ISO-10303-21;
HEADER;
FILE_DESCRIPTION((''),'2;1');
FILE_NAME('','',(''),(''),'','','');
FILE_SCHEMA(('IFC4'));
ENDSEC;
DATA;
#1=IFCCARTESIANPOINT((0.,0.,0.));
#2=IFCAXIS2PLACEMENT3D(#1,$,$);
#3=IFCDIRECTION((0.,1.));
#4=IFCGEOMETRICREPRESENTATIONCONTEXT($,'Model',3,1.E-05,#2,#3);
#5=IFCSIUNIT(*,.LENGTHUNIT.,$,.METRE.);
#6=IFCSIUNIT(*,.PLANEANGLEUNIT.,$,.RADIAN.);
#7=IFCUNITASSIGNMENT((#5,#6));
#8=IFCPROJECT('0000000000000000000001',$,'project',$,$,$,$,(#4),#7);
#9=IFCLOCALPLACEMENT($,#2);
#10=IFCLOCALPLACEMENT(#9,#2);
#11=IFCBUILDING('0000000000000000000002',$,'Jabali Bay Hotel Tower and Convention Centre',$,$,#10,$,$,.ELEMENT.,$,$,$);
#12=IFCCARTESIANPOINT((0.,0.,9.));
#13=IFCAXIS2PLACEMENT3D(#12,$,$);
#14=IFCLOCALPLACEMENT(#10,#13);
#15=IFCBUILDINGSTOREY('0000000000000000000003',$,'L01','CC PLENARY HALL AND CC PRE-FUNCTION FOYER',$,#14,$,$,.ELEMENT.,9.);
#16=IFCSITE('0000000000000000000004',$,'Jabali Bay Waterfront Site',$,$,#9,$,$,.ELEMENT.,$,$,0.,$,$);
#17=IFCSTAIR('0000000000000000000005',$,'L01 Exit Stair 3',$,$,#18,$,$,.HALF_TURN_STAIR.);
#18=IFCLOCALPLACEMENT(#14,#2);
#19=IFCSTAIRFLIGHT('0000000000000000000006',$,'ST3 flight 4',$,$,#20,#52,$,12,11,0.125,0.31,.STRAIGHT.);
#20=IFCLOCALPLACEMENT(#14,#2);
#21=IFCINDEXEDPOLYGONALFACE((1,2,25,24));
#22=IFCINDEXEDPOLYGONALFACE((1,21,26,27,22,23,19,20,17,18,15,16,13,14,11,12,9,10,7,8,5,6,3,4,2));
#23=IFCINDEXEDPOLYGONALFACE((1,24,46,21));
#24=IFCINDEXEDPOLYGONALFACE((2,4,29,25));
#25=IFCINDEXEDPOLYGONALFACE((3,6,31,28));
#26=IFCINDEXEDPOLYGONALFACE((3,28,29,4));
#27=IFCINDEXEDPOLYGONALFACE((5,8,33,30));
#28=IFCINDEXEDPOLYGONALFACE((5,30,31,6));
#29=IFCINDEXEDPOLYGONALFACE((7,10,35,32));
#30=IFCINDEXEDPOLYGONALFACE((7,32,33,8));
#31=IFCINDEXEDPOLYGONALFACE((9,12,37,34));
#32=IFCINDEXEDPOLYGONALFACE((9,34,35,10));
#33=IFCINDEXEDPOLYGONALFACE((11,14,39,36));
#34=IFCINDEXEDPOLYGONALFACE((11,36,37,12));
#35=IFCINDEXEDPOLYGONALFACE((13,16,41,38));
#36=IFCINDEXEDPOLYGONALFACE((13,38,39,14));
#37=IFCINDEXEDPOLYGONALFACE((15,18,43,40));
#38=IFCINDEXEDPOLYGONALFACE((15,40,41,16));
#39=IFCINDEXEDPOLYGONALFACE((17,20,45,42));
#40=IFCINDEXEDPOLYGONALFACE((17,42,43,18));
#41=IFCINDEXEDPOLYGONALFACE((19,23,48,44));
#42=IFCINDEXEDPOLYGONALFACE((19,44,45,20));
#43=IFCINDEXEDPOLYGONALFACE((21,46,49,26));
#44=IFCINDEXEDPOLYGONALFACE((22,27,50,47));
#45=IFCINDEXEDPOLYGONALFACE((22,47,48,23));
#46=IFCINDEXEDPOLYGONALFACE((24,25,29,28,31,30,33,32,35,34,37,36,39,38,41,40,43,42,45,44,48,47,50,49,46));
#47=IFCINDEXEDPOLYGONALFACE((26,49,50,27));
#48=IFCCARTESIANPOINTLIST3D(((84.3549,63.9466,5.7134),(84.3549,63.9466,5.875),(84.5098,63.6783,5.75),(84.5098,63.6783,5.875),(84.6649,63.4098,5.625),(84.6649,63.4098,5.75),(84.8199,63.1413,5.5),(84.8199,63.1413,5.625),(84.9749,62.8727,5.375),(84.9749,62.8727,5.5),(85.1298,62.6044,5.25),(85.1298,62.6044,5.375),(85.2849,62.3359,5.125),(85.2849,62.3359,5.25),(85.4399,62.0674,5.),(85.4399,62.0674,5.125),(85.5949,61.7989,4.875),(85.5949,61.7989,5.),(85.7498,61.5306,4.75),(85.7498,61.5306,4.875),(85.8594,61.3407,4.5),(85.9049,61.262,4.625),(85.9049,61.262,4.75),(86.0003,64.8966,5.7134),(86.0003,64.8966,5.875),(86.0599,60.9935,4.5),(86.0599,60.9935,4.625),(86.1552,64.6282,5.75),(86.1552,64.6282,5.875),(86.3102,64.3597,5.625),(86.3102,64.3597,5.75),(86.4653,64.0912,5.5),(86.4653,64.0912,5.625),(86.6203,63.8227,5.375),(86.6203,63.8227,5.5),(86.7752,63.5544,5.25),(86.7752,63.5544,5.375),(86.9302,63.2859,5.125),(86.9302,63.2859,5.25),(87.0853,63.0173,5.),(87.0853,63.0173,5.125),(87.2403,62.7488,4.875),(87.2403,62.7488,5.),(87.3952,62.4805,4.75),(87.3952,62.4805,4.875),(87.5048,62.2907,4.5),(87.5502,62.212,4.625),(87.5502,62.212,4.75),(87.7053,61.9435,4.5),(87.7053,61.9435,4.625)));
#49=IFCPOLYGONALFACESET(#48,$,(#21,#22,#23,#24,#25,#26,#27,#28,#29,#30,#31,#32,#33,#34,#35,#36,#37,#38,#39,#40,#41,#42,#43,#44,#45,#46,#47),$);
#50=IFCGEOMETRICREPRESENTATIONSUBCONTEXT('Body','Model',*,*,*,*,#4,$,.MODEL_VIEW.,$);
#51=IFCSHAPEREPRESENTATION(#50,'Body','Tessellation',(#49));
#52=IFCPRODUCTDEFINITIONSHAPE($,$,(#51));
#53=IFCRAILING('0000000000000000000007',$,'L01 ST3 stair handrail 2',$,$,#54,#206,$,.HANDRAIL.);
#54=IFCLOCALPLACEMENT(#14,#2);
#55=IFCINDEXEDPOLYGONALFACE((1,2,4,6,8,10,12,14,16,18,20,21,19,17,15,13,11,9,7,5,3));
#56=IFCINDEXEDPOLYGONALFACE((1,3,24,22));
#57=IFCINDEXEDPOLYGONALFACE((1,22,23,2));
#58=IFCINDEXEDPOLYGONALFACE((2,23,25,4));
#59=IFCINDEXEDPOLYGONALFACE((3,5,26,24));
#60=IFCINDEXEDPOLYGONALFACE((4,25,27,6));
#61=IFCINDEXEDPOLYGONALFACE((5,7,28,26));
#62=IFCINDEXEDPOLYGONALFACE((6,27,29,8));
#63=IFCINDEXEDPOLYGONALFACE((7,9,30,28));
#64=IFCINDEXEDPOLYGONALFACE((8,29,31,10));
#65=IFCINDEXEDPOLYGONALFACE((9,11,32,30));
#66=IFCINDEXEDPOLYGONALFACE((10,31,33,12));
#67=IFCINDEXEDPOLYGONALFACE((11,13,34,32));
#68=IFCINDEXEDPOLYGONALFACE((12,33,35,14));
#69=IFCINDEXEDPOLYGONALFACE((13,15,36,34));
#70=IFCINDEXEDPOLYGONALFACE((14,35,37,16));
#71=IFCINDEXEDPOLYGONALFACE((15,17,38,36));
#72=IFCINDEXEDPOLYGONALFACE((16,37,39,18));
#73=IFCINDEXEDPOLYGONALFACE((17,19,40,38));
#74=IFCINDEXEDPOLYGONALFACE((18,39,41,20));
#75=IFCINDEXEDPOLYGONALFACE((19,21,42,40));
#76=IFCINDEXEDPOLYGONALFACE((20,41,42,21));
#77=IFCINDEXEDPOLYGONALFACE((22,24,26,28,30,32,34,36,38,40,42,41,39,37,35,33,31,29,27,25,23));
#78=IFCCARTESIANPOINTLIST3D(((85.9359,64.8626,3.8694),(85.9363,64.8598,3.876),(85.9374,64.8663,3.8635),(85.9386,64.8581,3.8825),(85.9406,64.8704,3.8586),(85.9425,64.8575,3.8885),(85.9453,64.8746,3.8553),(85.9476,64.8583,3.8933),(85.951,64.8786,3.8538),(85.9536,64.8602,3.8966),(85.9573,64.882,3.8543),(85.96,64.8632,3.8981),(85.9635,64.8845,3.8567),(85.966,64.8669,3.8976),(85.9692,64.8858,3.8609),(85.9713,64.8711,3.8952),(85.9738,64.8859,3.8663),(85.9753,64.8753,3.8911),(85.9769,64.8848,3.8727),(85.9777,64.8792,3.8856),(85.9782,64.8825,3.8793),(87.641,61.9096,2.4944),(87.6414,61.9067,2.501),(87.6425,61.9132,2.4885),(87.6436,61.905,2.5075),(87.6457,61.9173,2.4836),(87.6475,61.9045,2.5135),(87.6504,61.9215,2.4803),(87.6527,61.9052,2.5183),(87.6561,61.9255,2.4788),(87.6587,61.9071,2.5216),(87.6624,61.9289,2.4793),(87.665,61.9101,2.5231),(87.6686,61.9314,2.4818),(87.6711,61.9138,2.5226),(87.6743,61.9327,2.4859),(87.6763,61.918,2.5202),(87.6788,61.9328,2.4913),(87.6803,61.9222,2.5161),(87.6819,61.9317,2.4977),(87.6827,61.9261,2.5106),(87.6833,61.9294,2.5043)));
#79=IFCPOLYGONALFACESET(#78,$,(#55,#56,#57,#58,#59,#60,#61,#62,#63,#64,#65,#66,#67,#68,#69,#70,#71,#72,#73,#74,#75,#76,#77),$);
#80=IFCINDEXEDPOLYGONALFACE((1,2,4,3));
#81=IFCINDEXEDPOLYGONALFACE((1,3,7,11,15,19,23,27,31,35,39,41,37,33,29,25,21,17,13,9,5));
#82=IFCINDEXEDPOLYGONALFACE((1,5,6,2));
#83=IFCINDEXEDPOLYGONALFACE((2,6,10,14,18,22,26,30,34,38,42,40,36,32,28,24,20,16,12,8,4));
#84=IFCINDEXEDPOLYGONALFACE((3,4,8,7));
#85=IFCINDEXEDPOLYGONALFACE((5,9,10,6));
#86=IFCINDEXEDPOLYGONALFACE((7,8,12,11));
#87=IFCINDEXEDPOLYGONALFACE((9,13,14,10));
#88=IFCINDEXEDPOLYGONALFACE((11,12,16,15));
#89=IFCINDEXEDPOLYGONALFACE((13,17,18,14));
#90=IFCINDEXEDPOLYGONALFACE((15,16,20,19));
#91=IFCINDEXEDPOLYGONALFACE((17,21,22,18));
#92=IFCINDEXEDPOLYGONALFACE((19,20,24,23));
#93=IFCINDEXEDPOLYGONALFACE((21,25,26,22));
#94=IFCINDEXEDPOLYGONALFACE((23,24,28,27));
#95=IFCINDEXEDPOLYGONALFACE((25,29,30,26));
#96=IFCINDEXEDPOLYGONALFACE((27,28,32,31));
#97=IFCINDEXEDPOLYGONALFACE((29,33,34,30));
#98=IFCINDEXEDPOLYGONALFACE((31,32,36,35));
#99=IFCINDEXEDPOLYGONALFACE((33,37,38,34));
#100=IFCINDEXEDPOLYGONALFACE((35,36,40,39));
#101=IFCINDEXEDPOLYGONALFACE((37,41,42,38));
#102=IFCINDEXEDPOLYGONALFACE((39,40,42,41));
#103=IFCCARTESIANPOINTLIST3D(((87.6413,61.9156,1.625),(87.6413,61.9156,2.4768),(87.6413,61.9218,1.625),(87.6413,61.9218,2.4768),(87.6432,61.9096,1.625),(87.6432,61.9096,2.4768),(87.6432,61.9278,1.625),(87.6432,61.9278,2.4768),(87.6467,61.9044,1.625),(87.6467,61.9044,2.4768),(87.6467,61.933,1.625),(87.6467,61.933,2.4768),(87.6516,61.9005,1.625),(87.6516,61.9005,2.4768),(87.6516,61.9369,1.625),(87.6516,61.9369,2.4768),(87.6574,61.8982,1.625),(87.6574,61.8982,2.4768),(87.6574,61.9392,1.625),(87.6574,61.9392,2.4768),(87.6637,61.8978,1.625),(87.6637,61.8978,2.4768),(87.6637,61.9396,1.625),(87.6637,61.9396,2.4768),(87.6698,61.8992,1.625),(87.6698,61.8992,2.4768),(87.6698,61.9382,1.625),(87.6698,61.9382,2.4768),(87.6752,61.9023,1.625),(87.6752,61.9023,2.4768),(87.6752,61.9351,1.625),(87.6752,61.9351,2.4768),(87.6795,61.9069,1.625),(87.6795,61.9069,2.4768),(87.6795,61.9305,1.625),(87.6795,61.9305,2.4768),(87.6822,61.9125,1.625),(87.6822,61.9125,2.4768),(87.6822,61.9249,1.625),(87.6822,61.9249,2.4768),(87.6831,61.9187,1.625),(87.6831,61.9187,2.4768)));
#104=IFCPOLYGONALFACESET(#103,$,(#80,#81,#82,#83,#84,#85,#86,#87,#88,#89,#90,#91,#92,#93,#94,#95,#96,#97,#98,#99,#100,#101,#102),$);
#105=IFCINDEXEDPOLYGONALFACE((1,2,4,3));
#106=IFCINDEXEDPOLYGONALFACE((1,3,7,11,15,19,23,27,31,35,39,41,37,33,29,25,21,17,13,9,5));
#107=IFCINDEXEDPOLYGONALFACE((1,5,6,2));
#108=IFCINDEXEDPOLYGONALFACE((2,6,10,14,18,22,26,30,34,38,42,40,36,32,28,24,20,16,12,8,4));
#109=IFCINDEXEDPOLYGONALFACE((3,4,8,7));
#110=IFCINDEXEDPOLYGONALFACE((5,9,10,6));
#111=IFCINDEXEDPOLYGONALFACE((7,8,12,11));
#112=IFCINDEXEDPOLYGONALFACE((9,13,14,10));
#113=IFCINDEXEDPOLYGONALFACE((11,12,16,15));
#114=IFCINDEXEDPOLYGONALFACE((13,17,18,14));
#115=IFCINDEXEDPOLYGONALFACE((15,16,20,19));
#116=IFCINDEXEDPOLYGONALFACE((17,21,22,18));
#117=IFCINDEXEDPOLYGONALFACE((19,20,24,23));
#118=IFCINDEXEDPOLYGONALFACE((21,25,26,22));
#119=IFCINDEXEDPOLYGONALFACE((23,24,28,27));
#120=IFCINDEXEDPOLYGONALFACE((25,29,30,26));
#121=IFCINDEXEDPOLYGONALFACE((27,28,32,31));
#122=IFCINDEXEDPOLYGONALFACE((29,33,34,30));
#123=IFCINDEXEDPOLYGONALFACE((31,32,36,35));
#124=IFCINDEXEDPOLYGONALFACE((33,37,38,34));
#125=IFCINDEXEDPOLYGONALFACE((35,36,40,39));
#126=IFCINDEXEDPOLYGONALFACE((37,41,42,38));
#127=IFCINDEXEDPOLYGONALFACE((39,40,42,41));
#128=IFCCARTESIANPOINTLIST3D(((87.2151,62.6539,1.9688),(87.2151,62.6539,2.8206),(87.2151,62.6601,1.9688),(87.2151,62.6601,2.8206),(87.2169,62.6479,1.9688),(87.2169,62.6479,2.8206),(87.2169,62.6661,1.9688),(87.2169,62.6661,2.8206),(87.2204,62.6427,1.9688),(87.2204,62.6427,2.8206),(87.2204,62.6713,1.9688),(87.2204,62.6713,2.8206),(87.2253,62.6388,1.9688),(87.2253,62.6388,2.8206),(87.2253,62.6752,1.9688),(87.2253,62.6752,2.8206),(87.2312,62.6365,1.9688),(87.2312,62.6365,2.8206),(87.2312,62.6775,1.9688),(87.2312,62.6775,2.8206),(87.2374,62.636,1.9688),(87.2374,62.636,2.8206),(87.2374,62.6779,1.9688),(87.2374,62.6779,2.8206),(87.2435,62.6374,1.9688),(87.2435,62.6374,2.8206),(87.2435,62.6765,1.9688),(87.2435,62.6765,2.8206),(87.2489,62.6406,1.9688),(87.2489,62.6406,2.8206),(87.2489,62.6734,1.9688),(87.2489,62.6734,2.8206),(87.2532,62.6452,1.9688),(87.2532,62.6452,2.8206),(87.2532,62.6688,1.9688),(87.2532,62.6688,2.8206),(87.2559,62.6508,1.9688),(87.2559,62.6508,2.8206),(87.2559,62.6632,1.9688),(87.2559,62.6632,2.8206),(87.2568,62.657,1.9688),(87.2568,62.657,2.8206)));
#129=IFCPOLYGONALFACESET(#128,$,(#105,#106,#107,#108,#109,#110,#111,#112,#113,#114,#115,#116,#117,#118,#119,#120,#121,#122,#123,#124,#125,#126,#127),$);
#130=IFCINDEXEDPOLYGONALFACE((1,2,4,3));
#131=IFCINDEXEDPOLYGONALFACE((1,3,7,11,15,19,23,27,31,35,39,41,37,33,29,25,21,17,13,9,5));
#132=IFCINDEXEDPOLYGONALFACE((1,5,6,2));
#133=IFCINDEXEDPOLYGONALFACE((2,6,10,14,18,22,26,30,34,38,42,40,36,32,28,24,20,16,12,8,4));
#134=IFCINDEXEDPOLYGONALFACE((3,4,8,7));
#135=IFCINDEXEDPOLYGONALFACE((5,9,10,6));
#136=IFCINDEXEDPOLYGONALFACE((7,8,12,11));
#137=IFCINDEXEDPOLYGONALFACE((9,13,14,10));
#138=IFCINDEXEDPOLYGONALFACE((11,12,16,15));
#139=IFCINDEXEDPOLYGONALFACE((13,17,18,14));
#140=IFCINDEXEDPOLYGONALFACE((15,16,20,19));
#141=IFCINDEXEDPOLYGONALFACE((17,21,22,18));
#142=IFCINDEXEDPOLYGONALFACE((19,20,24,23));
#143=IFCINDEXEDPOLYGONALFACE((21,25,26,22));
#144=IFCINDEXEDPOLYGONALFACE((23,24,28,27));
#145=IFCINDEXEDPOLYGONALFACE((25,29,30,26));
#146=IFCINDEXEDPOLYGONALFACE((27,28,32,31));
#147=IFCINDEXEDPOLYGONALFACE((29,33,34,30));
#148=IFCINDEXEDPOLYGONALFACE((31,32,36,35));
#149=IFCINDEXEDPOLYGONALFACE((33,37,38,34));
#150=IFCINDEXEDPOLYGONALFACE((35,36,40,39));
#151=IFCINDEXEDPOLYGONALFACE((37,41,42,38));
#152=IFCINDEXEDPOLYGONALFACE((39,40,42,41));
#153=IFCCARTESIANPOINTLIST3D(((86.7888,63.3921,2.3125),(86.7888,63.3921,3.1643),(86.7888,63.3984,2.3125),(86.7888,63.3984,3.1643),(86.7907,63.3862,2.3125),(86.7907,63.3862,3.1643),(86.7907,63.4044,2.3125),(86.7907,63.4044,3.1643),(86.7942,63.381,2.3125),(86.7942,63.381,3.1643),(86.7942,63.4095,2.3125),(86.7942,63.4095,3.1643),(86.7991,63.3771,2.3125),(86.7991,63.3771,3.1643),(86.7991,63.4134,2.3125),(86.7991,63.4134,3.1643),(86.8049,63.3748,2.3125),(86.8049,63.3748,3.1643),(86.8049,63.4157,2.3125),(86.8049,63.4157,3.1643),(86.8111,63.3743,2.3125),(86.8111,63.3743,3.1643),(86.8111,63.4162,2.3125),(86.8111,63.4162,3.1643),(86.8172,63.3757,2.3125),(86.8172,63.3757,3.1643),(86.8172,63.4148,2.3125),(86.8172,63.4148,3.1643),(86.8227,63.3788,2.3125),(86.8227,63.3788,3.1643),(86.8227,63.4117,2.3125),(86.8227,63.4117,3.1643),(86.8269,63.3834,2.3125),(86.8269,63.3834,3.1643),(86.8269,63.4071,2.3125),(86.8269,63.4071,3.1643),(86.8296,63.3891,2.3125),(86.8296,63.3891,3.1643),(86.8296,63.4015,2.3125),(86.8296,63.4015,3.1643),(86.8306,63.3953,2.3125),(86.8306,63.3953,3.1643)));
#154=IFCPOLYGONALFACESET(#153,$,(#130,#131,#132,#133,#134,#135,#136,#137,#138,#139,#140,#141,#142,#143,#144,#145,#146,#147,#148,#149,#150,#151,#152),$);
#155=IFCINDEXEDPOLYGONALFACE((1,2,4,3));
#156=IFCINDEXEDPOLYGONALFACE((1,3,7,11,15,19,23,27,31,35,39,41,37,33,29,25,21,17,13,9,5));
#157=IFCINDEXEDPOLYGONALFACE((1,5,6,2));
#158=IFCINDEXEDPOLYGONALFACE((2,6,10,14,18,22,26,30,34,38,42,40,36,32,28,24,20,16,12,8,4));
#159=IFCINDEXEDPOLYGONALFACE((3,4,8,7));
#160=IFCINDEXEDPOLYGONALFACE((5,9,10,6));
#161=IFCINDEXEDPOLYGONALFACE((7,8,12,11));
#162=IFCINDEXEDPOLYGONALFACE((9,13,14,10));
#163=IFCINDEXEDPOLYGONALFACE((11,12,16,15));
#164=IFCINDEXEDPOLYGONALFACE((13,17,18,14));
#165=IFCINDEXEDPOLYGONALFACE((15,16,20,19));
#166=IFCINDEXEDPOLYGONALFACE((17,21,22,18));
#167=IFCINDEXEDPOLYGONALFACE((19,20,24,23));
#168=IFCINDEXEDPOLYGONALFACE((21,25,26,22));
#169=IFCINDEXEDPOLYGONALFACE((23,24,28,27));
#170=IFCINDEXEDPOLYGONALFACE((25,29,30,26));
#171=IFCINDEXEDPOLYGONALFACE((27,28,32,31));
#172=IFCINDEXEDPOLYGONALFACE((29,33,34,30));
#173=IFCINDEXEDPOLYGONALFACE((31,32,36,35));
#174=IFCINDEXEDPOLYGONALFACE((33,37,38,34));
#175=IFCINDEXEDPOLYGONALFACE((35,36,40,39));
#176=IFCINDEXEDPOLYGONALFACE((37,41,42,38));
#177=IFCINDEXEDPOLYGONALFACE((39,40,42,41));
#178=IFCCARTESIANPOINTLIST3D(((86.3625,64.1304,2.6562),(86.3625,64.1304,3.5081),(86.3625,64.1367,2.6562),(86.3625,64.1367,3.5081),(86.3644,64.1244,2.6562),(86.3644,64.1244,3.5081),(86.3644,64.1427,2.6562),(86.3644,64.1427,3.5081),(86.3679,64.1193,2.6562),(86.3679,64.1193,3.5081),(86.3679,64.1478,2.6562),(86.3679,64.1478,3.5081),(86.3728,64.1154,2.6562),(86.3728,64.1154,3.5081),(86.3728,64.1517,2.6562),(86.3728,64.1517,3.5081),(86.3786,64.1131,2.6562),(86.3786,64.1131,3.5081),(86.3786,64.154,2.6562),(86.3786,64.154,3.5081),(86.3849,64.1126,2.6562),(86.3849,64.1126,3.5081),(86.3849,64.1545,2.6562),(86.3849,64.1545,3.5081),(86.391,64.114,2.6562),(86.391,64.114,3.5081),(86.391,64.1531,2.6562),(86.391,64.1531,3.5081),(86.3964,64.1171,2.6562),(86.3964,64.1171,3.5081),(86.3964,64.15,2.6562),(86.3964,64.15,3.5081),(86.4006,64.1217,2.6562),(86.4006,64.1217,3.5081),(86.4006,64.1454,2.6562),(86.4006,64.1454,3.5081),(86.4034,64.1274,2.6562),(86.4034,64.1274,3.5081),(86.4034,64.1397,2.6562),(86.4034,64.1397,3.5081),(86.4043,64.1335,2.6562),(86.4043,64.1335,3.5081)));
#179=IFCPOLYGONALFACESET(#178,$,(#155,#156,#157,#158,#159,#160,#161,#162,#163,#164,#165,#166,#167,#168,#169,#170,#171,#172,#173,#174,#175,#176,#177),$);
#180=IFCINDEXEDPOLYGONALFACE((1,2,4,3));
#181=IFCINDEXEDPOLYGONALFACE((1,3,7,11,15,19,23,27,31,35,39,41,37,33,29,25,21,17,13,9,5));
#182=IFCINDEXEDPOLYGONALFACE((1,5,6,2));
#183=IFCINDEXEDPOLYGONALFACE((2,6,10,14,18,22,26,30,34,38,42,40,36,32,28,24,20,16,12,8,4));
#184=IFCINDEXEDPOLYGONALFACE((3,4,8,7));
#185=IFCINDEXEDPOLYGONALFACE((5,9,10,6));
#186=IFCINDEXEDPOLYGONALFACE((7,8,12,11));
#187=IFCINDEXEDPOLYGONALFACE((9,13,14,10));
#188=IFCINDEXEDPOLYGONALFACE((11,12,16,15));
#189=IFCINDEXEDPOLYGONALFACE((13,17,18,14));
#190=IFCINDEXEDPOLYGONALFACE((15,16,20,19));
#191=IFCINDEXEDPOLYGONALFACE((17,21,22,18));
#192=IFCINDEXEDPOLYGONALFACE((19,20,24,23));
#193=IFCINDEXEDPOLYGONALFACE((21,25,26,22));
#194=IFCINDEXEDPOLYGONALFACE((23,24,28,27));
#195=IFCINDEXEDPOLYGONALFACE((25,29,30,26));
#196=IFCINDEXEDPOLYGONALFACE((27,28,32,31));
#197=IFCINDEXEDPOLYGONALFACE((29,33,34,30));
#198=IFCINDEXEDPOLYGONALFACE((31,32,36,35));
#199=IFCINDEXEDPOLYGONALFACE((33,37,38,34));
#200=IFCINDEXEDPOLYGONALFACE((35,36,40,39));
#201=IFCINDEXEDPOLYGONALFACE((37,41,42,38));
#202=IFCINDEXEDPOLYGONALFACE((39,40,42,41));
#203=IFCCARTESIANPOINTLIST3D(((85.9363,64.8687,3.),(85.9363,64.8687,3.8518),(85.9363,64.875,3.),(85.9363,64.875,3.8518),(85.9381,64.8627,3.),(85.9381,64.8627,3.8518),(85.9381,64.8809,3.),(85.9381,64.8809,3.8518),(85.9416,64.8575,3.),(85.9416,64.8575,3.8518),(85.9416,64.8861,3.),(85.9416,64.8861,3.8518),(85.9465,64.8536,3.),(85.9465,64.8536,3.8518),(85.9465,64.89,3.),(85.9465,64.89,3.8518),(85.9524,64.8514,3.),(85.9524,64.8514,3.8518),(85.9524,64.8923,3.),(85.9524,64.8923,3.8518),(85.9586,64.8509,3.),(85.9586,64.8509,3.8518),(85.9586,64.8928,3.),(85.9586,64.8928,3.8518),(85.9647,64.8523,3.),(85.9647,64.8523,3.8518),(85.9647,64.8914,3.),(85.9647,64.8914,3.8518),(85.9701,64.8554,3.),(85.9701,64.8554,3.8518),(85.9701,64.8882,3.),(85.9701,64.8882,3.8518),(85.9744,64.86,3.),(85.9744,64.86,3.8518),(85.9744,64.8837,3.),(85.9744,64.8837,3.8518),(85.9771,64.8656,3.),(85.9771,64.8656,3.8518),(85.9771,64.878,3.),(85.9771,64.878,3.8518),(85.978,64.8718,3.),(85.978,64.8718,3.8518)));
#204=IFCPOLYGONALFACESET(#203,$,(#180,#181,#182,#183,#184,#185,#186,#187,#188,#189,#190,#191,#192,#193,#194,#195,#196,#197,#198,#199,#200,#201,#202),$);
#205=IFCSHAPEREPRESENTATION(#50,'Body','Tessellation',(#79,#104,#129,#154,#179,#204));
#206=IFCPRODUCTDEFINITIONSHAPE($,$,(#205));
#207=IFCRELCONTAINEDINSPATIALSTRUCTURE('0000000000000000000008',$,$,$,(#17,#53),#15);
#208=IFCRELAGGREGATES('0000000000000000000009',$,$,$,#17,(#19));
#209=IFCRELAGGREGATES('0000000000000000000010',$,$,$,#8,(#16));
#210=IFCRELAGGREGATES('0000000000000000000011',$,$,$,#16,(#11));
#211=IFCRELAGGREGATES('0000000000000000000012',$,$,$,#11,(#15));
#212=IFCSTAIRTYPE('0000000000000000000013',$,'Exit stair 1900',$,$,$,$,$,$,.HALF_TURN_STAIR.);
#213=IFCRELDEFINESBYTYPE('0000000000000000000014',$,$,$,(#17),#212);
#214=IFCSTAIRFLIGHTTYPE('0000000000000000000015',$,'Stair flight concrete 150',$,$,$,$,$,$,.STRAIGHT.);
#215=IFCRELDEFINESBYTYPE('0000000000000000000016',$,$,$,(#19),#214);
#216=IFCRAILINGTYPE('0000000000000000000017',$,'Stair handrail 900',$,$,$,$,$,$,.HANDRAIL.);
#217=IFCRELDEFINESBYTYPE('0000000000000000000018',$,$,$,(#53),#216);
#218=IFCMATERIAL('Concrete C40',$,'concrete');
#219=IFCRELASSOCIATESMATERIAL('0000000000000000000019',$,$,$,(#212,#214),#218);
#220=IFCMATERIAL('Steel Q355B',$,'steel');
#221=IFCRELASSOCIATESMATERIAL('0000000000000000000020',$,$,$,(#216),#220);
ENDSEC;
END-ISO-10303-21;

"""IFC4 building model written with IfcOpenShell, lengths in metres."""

from ifc_helpers import new_model, si_unit, direction, frame, origin, origin_2d, place, context, subcontext, project, spatial, polyline, circle, outline, extrude, material, type_object, element, aggregate, save


model = new_model("IFC4")

# Units and contexts
model_context = context("Model", 3, precision=1e-05, world=origin(), true_north=direction((0.0, 1.0)))
body_context = subcontext(model_context, "Body", "Model", "MODEL_VIEW")
ifc_project = project(units=[si_unit("LENGTHUNIT", "METRE"), si_unit("PLANEANGLEUNIT", "RADIAN")], contexts=[model_context])

# Site, building, storey
site_placement = place(None, origin())
site = spatial("IfcSite", under=ifc_project, at=site_placement, Name="Jabali Bay Waterfront Site", CompositionType="ELEMENT", RefElevation=0.0)
building_placement = place(site_placement, origin())
building = spatial("IfcBuilding", under=site, at=building_placement, Name="Jabali Bay Hotel Tower and Convention Centre", CompositionType="ELEMENT")
storey_placement = place(building_placement, frame((0.0, 0.0, 9.0)))
storey = spatial("IfcBuildingStorey", under=building, at=storey_placement, Name="L01", Description="CC PLENARY HALL AND CC PRE-FUNCTION FOYER", CompositionType="ELEMENT", Elevation=9.0)

# Shared definitions
ifc_material_1 = material(Name="Concrete C40", Category="concrete")

# Stair, stair flight
stair_type = type_object("IfcStairType", Name="Exit stair 1900", PredefinedType="HALF_TURN_STAIR", material=ifc_material_1)
stair_placement = place(storey_placement, origin())
stair = element("IfcStair", 1, at=stair_placement, inside=storey, type_object=stair_type, Name="L01 Exit Stair 3", PredefinedType="HALF_TURN_STAIR")
stair_flight_type = type_object("IfcStairFlightType", Name="Stair flight concrete 150", PredefinedType="STRAIGHT", material=ifc_material_1)
stair_flight_1_placement = place(storey_placement, frame((86.8826, 61.4685, 4.5), z_axis=(0.0, 0.0, 1.0), x_axis=(-0.5, 0.866025, 0.0)))
stair_flight_1 = element("IfcStairFlight", 2, at=stair_flight_1_placement, type_object=stair_flight_type, Name="ST3 flight 4", NumberOfRisers=12, NumberOfTreads=11, PredefinedType="STRAIGHT", RiserHeight=0.125, TreadLength=0.31, context=body_context, shape_type="SweptSolid", body=[
    extrude(outline(polyline([(0.0, 0.0), (0.0, 0.125), (0.3101, 0.125), (0.3101, 0.25), (0.6201, 0.25), (0.6201, 0.375), (0.9299, 0.375), (0.9299, 0.5), (1.24, 0.5), (1.24, 0.625), (1.55, 0.625), (1.55, 0.75), (1.8601, 0.75), (1.8601, 0.875), (2.1699, 0.875), (2.1699, 1.0), (2.48, 1.0), (2.48, 1.125), (2.79, 1.125), (2.79, 1.25), (3.1001, 1.25), (3.1001, 1.375), (3.4099, 1.375), (3.4099, 1.5), (3.4099, 1.2134), (0.4009, 0.0), (0.0, 0.0)])), frame((0.0, 0.95, 0.0), z_axis=(0.0, -1.0, 0.0), x_axis=(1.0, 0.0, 0.0)), (0.0, 0.0, 1.0), 1.8999),
])
aggregate(stair, [stair_flight_1])

# Railing
ifc_material_2 = material(Name="Steel Q355B", Category="steel")
railing_type = type_object("IfcRailingType", Name="Stair handrail 900", PredefinedType="HANDRAIL", material=ifc_material_2)
for number, where, name in (
    (3, (87.6621, 61.9187, 1.625), "L01 ST3 stair handrail 2"),
):
    element("IfcRailing", number, at=place(storey_placement, frame(where)), inside=storey, type_object=railing_type, Name=name, PredefinedType="HANDRAIL", context=body_context, shape_type="SweptSolid", body=[
        extrude(circle(Radius=0.0239, at=origin_2d()), frame((0.0, 0.0, 0.876), z_axis=(-0.46374, 0.803178, 0.373966), x_axis=(-0.866014, -0.50002, 0.0)), (0.0, 0.0, 1.0), 3.6768),
        extrude(circle(Radius=0.021, at=origin_2d()), origin(), (0.0, 0.0, 1.0), 0.8518),
        extrude(circle(Radius=0.021, at=origin_2d()), frame((-0.4263, 0.7383, 0.3438)), (0.0, 0.0, 1.0), 0.8518),
        extrude(circle(Radius=0.021, at=origin_2d()), frame((-0.8525, 1.4766, 0.6875)), (0.0, 0.0, 1.0), 0.8518),
        extrude(circle(Radius=0.021, at=origin_2d()), frame((-1.2788, 2.2148, 1.0312)), (0.0, 0.0, 1.0), 0.8518),
        extrude(circle(Radius=0.021, at=origin_2d()), frame((-1.7051, 2.9531, 1.375)), (0.0, 0.0, 1.0), 0.8518),
    ])

save(model, "model.ifc")
